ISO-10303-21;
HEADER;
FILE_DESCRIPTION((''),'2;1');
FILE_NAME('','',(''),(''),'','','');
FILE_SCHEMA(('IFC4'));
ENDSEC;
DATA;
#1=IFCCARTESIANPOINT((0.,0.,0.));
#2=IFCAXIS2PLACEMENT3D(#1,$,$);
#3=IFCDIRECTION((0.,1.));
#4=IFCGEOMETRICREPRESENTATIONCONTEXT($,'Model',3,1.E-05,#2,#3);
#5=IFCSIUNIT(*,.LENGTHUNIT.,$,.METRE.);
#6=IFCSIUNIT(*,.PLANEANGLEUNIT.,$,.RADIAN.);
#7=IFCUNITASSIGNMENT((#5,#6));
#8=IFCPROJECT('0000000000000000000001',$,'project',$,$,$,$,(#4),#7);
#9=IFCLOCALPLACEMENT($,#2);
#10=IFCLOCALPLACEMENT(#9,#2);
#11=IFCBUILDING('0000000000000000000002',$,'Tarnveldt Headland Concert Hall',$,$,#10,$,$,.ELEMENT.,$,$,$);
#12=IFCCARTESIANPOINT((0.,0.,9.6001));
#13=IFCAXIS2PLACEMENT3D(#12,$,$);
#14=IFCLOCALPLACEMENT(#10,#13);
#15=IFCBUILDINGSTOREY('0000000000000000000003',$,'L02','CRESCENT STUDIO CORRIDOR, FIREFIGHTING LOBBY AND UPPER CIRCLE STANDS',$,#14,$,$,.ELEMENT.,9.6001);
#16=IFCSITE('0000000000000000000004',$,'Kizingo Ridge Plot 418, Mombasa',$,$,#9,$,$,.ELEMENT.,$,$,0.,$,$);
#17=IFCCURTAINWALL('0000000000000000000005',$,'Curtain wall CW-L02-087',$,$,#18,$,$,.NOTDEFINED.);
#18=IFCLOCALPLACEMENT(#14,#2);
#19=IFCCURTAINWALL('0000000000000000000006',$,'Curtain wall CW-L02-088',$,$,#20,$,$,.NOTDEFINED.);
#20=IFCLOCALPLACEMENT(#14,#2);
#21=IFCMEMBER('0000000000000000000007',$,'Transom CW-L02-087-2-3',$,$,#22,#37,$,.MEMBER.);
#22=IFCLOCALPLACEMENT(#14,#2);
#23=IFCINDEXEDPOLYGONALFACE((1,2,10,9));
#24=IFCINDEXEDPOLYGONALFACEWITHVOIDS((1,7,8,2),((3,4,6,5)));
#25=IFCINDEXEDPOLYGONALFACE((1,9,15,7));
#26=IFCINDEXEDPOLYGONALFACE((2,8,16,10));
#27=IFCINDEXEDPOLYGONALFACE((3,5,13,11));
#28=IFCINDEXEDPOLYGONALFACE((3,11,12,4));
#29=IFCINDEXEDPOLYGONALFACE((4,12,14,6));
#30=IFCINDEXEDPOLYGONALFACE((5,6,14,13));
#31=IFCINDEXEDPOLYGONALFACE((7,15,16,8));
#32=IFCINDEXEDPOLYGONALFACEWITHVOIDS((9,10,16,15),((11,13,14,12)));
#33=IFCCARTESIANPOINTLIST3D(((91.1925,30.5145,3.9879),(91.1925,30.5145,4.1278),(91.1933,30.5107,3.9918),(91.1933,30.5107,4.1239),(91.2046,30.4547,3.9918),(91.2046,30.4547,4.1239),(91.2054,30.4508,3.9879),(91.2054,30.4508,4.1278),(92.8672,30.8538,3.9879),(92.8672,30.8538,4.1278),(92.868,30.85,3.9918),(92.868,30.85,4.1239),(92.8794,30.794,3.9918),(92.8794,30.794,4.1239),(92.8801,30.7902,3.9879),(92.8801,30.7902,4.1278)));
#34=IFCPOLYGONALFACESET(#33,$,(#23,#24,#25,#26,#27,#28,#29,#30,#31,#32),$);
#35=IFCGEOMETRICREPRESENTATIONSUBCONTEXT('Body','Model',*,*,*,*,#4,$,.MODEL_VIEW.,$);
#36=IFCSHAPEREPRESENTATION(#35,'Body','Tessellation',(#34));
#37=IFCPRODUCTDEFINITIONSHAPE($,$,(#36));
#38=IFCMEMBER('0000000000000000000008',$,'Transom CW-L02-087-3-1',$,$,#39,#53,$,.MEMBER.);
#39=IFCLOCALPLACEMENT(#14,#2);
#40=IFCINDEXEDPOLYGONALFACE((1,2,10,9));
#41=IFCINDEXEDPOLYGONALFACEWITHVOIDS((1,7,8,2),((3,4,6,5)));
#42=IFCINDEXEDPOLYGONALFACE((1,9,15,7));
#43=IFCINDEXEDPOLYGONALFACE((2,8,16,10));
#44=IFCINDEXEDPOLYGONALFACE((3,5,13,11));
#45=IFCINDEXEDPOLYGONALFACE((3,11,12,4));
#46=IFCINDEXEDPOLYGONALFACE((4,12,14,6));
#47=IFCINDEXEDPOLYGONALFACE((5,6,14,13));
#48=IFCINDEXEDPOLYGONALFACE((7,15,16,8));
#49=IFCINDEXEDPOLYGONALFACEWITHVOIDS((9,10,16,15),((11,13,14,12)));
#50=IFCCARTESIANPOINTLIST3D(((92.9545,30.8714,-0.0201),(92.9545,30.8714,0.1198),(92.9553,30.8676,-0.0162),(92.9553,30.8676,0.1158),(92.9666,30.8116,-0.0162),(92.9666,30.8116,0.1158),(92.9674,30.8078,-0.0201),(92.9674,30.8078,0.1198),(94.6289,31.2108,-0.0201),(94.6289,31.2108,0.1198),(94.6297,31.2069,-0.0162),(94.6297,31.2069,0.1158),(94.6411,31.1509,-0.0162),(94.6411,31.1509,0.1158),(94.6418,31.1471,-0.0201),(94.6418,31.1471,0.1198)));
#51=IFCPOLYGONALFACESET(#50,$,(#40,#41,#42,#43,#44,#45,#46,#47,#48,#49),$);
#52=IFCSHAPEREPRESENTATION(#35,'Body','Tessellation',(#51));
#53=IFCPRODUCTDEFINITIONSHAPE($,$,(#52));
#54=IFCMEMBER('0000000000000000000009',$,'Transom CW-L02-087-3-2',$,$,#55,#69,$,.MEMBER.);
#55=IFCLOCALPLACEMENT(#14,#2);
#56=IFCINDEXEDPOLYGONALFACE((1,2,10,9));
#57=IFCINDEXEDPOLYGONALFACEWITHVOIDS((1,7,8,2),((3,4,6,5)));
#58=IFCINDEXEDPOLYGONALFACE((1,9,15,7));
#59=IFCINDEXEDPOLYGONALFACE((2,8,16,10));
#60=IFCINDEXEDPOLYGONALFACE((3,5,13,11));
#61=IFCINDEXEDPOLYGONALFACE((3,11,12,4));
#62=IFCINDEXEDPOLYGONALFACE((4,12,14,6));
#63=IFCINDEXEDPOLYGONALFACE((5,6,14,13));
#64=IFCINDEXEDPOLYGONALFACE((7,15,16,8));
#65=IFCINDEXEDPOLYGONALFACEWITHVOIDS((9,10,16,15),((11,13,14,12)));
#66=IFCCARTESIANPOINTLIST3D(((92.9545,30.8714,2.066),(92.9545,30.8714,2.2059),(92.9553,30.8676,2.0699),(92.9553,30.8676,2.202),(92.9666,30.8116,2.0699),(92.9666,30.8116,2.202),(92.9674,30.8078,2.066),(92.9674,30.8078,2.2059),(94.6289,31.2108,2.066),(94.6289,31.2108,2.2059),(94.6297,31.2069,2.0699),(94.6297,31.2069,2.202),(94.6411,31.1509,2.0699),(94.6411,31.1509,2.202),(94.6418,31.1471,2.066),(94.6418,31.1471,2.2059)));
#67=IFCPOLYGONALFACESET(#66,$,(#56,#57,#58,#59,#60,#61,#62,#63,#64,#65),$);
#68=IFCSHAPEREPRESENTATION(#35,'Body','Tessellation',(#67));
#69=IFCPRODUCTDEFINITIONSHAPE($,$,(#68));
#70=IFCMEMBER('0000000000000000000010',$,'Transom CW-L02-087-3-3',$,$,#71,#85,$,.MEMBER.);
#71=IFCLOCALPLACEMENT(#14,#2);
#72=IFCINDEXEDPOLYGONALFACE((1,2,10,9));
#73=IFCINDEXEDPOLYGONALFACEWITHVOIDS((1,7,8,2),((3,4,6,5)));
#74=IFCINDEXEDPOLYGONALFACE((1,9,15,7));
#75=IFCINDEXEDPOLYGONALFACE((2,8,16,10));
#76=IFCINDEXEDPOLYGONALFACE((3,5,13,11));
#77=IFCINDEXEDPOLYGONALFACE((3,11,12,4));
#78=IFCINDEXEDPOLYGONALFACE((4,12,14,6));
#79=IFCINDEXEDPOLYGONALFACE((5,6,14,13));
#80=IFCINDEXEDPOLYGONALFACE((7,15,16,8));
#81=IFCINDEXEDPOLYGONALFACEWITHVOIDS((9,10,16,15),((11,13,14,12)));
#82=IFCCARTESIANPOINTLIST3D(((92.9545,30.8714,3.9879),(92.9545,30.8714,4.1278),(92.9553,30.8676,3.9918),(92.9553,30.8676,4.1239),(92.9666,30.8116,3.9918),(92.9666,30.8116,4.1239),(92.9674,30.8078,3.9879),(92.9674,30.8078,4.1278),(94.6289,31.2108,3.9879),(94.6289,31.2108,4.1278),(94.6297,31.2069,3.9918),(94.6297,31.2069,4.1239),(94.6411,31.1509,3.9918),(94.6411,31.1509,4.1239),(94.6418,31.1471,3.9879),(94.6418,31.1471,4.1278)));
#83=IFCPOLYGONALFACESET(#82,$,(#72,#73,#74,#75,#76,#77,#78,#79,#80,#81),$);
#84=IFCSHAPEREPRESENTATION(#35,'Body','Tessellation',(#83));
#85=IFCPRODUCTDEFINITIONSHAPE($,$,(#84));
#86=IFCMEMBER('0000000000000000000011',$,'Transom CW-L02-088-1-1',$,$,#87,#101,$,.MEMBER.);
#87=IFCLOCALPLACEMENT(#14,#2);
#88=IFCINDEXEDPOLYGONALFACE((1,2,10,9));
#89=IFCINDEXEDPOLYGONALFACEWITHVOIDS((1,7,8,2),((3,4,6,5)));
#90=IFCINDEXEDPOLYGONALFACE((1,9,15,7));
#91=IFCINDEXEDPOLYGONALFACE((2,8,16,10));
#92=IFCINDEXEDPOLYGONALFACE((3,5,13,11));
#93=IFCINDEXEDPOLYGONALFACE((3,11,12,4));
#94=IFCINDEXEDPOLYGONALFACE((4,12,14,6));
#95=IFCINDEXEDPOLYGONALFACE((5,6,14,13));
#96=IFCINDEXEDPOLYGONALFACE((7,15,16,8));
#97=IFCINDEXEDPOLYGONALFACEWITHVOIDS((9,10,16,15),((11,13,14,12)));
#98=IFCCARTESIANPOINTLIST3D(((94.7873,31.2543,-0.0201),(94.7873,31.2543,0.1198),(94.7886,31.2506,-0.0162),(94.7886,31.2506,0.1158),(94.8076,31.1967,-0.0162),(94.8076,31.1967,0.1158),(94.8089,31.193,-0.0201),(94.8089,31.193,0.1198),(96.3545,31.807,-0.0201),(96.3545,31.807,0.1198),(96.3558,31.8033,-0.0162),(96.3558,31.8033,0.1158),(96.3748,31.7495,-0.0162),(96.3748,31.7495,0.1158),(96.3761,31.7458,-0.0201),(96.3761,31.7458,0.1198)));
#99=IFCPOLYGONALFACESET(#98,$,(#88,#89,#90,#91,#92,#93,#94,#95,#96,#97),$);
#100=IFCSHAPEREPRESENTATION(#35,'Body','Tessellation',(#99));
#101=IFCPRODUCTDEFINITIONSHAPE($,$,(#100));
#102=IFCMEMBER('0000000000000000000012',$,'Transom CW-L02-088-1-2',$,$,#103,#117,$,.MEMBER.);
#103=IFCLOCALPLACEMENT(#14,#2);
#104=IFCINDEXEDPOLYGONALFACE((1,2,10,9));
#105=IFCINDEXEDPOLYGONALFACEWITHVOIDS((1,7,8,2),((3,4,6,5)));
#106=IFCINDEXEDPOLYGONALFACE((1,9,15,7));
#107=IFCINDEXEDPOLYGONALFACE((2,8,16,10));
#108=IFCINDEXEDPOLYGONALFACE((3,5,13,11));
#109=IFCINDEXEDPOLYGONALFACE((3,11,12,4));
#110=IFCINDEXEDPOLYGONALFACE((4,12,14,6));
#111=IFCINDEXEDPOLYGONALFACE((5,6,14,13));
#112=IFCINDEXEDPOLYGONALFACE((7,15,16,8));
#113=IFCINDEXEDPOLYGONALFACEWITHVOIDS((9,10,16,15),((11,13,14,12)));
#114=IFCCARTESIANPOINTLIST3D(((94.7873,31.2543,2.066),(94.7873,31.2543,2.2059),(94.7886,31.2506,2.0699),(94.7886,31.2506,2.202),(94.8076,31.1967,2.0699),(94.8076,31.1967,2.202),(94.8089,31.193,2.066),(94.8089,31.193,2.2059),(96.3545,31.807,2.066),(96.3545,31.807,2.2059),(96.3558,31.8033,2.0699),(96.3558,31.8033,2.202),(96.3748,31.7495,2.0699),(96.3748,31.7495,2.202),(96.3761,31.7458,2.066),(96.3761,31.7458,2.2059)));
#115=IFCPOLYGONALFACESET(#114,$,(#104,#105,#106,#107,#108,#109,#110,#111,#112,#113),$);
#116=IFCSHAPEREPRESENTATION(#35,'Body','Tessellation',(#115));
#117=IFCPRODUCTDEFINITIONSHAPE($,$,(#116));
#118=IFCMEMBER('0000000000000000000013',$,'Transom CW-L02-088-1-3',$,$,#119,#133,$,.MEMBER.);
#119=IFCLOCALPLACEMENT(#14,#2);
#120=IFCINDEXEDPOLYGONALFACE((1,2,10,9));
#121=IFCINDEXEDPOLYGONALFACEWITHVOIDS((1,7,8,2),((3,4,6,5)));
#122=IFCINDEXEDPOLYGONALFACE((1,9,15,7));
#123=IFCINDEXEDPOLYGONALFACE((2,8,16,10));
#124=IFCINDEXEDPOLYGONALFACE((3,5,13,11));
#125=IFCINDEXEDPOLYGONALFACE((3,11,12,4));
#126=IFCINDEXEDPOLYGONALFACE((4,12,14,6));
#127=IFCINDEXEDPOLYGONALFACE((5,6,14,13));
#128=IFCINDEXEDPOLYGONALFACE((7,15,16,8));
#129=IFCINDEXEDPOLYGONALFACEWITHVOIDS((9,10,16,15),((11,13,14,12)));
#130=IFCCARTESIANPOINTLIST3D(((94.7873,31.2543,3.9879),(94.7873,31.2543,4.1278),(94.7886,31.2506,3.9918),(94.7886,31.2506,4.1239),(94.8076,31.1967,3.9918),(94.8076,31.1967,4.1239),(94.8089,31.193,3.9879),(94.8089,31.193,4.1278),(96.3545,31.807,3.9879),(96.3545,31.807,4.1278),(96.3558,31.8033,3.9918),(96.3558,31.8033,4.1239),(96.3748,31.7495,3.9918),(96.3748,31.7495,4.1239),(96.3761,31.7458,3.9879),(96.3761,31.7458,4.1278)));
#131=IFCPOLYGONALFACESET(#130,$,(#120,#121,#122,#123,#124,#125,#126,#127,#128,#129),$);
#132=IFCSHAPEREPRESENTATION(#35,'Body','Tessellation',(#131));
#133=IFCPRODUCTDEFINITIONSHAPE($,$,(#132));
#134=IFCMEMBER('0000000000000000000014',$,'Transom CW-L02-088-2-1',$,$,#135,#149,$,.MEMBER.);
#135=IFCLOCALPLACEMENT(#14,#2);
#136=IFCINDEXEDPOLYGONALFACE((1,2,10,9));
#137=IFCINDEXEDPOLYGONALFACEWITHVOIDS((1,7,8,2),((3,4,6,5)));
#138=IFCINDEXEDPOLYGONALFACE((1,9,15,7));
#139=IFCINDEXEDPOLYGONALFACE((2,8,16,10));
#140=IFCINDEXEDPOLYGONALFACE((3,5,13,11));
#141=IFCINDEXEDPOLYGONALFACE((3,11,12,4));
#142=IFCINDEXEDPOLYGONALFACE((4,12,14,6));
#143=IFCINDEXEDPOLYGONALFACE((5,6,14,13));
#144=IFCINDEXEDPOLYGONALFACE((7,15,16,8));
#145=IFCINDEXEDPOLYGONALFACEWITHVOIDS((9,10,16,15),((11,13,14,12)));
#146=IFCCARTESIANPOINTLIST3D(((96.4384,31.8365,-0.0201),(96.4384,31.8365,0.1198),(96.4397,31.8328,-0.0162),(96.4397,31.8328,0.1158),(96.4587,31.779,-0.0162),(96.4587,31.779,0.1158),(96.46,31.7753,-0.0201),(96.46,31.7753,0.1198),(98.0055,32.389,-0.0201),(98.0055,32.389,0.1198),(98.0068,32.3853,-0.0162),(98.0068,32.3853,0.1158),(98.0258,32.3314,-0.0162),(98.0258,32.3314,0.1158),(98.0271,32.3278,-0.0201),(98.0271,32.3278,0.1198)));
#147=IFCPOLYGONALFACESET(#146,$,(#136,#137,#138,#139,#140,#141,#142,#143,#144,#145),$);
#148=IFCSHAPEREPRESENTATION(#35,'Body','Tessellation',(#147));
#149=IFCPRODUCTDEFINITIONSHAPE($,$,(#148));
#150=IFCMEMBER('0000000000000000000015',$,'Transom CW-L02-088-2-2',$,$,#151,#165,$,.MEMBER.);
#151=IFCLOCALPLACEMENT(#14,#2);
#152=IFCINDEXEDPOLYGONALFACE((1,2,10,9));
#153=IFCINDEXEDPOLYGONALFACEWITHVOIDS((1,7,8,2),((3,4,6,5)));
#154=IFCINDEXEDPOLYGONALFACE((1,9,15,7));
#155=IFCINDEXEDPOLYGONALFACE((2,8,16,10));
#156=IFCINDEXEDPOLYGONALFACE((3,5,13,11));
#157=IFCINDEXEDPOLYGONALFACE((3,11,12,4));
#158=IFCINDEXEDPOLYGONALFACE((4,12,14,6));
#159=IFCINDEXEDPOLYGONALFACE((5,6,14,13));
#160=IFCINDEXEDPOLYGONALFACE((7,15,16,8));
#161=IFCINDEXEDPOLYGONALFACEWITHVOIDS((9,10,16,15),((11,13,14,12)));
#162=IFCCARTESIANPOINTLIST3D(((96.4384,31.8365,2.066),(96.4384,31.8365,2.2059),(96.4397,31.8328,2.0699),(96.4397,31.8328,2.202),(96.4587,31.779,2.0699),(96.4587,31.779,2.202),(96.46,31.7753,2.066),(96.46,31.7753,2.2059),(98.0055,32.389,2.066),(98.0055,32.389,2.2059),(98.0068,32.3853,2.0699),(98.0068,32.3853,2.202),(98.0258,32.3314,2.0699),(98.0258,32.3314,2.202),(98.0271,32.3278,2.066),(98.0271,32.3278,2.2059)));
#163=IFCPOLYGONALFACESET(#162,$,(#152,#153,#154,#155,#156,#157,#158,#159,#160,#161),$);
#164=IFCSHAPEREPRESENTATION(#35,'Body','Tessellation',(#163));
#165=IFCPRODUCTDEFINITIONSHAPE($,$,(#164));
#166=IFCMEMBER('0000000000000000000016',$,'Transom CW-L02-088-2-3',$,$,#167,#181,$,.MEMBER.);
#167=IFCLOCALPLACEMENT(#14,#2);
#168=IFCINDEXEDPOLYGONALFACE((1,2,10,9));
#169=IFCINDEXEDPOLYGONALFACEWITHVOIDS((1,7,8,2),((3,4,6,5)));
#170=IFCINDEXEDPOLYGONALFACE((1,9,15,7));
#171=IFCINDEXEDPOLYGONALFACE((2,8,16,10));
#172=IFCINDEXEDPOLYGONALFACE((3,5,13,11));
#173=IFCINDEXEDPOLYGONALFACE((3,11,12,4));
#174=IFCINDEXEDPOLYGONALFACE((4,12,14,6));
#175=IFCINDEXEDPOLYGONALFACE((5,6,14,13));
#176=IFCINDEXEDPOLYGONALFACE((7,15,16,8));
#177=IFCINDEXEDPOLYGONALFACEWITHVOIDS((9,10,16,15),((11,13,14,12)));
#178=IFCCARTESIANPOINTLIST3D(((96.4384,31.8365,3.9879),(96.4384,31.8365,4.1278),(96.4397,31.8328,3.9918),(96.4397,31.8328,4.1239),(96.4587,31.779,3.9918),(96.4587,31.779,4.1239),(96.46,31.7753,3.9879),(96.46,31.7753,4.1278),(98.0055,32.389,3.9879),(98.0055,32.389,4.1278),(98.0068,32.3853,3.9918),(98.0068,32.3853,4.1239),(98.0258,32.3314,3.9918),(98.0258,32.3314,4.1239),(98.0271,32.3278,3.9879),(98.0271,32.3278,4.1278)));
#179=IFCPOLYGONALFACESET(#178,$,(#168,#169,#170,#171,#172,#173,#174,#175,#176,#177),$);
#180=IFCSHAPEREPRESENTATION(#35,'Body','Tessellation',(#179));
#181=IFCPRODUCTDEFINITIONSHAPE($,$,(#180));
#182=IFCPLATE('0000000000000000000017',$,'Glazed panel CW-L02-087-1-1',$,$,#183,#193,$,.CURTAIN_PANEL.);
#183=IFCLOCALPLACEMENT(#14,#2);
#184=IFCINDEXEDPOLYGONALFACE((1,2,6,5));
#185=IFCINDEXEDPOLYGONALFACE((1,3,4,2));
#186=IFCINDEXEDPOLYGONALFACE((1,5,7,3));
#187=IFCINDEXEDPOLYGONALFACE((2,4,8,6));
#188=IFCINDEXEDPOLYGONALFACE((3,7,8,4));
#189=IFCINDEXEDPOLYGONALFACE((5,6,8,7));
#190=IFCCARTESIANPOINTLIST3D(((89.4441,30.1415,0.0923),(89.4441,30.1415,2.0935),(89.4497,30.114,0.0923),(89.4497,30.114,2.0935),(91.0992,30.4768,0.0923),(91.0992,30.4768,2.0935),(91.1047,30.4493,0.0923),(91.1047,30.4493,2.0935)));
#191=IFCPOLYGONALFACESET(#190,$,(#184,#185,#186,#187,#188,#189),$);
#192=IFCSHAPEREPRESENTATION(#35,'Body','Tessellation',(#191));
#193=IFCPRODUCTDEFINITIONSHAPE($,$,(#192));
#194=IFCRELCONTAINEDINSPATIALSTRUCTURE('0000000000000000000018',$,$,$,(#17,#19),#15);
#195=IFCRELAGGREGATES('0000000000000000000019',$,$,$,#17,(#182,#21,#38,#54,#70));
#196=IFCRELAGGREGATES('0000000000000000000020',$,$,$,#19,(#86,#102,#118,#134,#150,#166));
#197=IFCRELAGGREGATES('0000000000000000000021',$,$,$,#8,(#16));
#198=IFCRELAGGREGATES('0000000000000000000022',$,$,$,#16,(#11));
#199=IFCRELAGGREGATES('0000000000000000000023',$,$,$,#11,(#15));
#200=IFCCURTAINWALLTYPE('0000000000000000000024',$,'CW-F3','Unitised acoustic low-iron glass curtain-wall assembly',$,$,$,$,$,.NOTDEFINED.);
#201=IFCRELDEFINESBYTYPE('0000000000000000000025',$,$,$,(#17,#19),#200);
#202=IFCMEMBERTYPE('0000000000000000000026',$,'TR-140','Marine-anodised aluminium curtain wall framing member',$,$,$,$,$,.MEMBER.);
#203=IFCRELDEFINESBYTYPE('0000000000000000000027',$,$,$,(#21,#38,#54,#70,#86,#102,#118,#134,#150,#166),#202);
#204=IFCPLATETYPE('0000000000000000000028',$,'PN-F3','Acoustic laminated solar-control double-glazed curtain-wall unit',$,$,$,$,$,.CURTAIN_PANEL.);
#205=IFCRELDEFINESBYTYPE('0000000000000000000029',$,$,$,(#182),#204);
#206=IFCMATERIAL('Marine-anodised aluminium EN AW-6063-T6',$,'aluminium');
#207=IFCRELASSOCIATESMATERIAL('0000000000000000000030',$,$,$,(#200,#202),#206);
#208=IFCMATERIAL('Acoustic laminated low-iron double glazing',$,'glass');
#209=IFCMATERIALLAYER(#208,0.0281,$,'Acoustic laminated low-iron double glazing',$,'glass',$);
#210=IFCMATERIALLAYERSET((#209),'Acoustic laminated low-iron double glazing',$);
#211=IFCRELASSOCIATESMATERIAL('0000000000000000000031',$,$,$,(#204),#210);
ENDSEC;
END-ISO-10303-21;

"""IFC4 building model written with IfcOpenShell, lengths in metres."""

from ifc_helpers import new_model, si_unit, direction, frame, origin, origin_2d, place, context, subcontext, project, spatial, rectangle, hollow_rectangle, extrude, material, layer, layer_set, material_profile, profile_set, type_object, element, aggregate, save


model = new_model("IFC4")

# Units and contexts
model_context = context("Model", 3, precision=1e-05, world=origin(), true_north=direction((0.0, 1.0)))
body_context = subcontext(model_context, "Body", "Model", "MODEL_VIEW")
ifc_project = project(units=[si_unit("LENGTHUNIT", "METRE"), si_unit("PLANEANGLEUNIT", "RADIAN")], contexts=[model_context])

# Site, building, storey
site_placement = place(None, origin())
site = spatial("IfcSite", under=ifc_project, at=site_placement, Name="Kizingo Ridge Plot 418, Mombasa", CompositionType="ELEMENT", RefElevation=0.0)
building_placement = place(site_placement, origin())
building = spatial("IfcBuilding", under=site, at=building_placement, Name="Tarnveldt Headland Concert Hall", CompositionType="ELEMENT")
storey_placement = place(building_placement, frame((0.0, 0.0, 9.6001)))
storey = spatial("IfcBuildingStorey", under=building, at=storey_placement, Name="L02", Description="CRESCENT STUDIO CORRIDOR, FIREFIGHTING LOBBY AND UPPER CIRCLE STANDS", CompositionType="ELEMENT", Elevation=9.6001)

# Curtain walls
ifc_material_1 = material(Name="Marine-anodised aluminium EN AW-6063-T6", Category="aluminium")
curtain_wall_type = type_object("IfcCurtainWallType", Name="CW-F3", Description="Unitised acoustic low-iron glass curtain-wall assembly", PredefinedType="NOTDEFINED", material=ifc_material_1)
curtain_wall_1_placement = place(storey_placement, origin())
curtain_wall_1 = element("IfcCurtainWall", 1, at=curtain_wall_1_placement, inside=storey, type_object=curtain_wall_type, Name="Curtain wall CW-L02-087", PredefinedType="NOTDEFINED")
curtain_wall_2_placement = place(storey_placement, origin())
curtain_wall_2 = element("IfcCurtainWall", 2, at=curtain_wall_2_placement, inside=storey, type_object=curtain_wall_type, Name="Curtain wall CW-L02-088", PredefinedType="NOTDEFINED")

# Members
ifc_material_profile_1 = material_profile(ifc_material_1, hollow_rectangle(XDim=0.0649, YDim=0.1399, WallThickness=0.0039, at=origin_2d()), Name="ALU TRANSOM 65x140x4", Category="aluminium")
ifc_profile_set_1 = profile_set([ifc_material_profile_1], Name="Marine-anodised aluminium EN AW-6063-T6")
member_type_1 = type_object("IfcMemberType", Name="TR-140", Description="Marine-anodised aluminium curtain wall framing member", PredefinedType="MEMBER", material=ifc_profile_set_1)
member_1_placement = place(storey_placement, frame((91.199, 30.4827, 4.0579), z_axis=(0.980083, 0.198588, 0.0), x_axis=(-0.198588, 0.980083, 0.0)))
member_1 = element("IfcMember", 3, at=member_1_placement, type_object=member_type_1, Name="Transom CW-L02-087-2-3", PredefinedType="MEMBER", context=body_context, shape_type="SweptSolid", body=[
    extrude(hollow_rectangle(XDim=0.0649, YDim=0.1399, WallThickness=0.0039, at=origin_2d()), origin(), (0.0, 0.0, 1.0), 1.7087),
])
member_2_placement = place(storey_placement, frame((92.9609, 30.8396, 0.0498), z_axis=(0.980077, 0.198616, 0.0), x_axis=(-0.198616, 0.980077, 0.0)))
member_2 = element("IfcMember", 4, at=member_2_placement, type_object=member_type_1, Name="Transom CW-L02-087-3-1", PredefinedType="MEMBER", context=body_context, shape_type="SweptSolid", body=[
    extrude(hollow_rectangle(XDim=0.0649, YDim=0.1399, WallThickness=0.0039, at=origin_2d()), origin(), (0.0, 0.0, 1.0), 1.7085),
])
member_3_placement = place(storey_placement, frame((92.9609, 30.8396, 2.136), z_axis=(0.980077, 0.198616, 0.0), x_axis=(-0.198616, 0.980077, 0.0)))
member_3 = element("IfcMember", 5, at=member_3_placement, type_object=member_type_1, Name="Transom CW-L02-087-3-2", PredefinedType="MEMBER", context=body_context, shape_type="SweptSolid", body=[
    extrude(hollow_rectangle(XDim=0.0649, YDim=0.1399, WallThickness=0.0039, at=origin_2d()), origin(), (0.0, 0.0, 1.0), 1.7085),
])
member_4_placement = place(storey_placement, frame((92.9609, 30.8396, 4.0579), z_axis=(0.980077, 0.198616, 0.0), x_axis=(-0.198616, 0.980077, 0.0)))
member_4 = element("IfcMember", 6, at=member_4_placement, type_object=member_type_1, Name="Transom CW-L02-087-3-3", PredefinedType="MEMBER", context=body_context, shape_type="SweptSolid", body=[
    extrude(hollow_rectangle(XDim=0.0649, YDim=0.1399, WallThickness=0.0039, at=origin_2d()), origin(), (0.0, 0.0, 1.0), 1.7085),
])
member_5_placement = place(storey_placement, frame((94.7981, 31.2236, 0.0498), z_axis=(0.943061, 0.33262, 0.0), x_axis=(-0.33262, 0.943061, 0.0)))
member_5 = element("IfcMember", 7, at=member_5_placement, type_object=member_type_1, Name="Transom CW-L02-088-1-1", PredefinedType="MEMBER", context=body_context, shape_type="SweptSolid", body=[
    extrude(hollow_rectangle(XDim=0.0649, YDim=0.1399, WallThickness=0.0039, at=origin_2d()), origin(), (0.0, 0.0, 1.0), 1.6619),
])
member_6_placement = place(storey_placement, frame((94.7981, 31.2236, 2.136), z_axis=(0.943061, 0.33262, 0.0), x_axis=(-0.33262, 0.943061, 0.0)))
member_6 = element("IfcMember", 8, at=member_6_placement, type_object=member_type_1, Name="Transom CW-L02-088-1-2", PredefinedType="MEMBER", context=body_context, shape_type="SweptSolid", body=[
    extrude(hollow_rectangle(XDim=0.0649, YDim=0.1399, WallThickness=0.0039, at=origin_2d()), origin(), (0.0, 0.0, 1.0), 1.6619),
])
member_7_placement = place(storey_placement, frame((94.7981, 31.2236, 4.0579), z_axis=(0.943061, 0.33262, 0.0), x_axis=(-0.33262, 0.943061, 0.0)))
member_7 = element("IfcMember", 9, at=member_7_placement, type_object=member_type_1, Name="Transom CW-L02-088-1-3", PredefinedType="MEMBER", context=body_context, shape_type="SweptSolid", body=[
    extrude(hollow_rectangle(XDim=0.0649, YDim=0.1399, WallThickness=0.0039, at=origin_2d()), origin(), (0.0, 0.0, 1.0), 1.6619),
])
member_8_placement = place(storey_placement, frame((96.4492, 31.8059, 0.0498), z_axis=(0.943107, 0.33249, 0.0), x_axis=(-0.33249, 0.943107, 0.0)))
member_8 = element("IfcMember", 10, at=member_8_placement, type_object=member_type_1, Name="Transom CW-L02-088-2-1", PredefinedType="MEMBER", context=body_context, shape_type="SweptSolid", body=[
    extrude(hollow_rectangle(XDim=0.0649, YDim=0.1399, WallThickness=0.0039, at=origin_2d()), origin(), (0.0, 0.0, 1.0), 1.6616),
])
member_9_placement = place(storey_placement, frame((96.4492, 31.8059, 2.136), z_axis=(0.943107, 0.33249, 0.0), x_axis=(-0.33249, 0.943107, 0.0)))
member_9 = element("IfcMember", 11, at=member_9_placement, type_object=member_type_1, Name="Transom CW-L02-088-2-2", PredefinedType="MEMBER", context=body_context, shape_type="SweptSolid", body=[
    extrude(hollow_rectangle(XDim=0.0649, YDim=0.1399, WallThickness=0.0039, at=origin_2d()), origin(), (0.0, 0.0, 1.0), 1.6616),
])
member_10_placement = place(storey_placement, frame((96.4492, 31.8059, 4.0579), z_axis=(0.943107, 0.33249, 0.0), x_axis=(-0.33249, 0.943107, 0.0)))
member_10 = element("IfcMember", 12, at=member_10_placement, type_object=member_type_1, Name="Transom CW-L02-088-2-3", PredefinedType="MEMBER", context=body_context, shape_type="SweptSolid", body=[
    extrude(hollow_rectangle(XDim=0.0649, YDim=0.1399, WallThickness=0.0039, at=origin_2d()), origin(), (0.0, 0.0, 1.0), 1.6616),
])

# Plate
ifc_material_2 = material(Name="Acoustic laminated low-iron double glazing", Category="glass")
ifc_layer_1 = layer(ifc_material_2, 0.0281, Name="Acoustic laminated low-iron double glazing", Category="glass")
ifc_layer_set_1 = layer_set([ifc_layer_1], Name="Acoustic laminated low-iron double glazing")
plate_type = type_object("IfcPlateType", Name="PN-F3", Description="Acoustic laminated solar-control double-glazed curtain-wall unit", PredefinedType="CURTAIN_PANEL", material=ifc_layer_set_1)
plate_1_placement = place(storey_placement, frame((90.2744, 30.2954, 0.0923), z_axis=(0.0, 0.0, 1.0), x_axis=(0.980088, 0.198564, 0.0)))
plate_1 = element("IfcPlate", 13, at=plate_1_placement, type_object=plate_type, Name="Glazed panel CW-L02-087-1-1", PredefinedType="CURTAIN_PANEL", context=body_context, shape_type="SweptSolid", body=[
    extrude(rectangle(XDim=1.6887, YDim=0.0281, at=origin_2d()), origin(), (0.0, 0.0, 1.0), 2.0012),
])
aggregate(curtain_wall_1, [plate_1, member_1, member_2, member_3, member_4])
aggregate(curtain_wall_2, [member_5, member_6, member_7, member_8, member_9, member_10])

save(model, "model.ifc")
